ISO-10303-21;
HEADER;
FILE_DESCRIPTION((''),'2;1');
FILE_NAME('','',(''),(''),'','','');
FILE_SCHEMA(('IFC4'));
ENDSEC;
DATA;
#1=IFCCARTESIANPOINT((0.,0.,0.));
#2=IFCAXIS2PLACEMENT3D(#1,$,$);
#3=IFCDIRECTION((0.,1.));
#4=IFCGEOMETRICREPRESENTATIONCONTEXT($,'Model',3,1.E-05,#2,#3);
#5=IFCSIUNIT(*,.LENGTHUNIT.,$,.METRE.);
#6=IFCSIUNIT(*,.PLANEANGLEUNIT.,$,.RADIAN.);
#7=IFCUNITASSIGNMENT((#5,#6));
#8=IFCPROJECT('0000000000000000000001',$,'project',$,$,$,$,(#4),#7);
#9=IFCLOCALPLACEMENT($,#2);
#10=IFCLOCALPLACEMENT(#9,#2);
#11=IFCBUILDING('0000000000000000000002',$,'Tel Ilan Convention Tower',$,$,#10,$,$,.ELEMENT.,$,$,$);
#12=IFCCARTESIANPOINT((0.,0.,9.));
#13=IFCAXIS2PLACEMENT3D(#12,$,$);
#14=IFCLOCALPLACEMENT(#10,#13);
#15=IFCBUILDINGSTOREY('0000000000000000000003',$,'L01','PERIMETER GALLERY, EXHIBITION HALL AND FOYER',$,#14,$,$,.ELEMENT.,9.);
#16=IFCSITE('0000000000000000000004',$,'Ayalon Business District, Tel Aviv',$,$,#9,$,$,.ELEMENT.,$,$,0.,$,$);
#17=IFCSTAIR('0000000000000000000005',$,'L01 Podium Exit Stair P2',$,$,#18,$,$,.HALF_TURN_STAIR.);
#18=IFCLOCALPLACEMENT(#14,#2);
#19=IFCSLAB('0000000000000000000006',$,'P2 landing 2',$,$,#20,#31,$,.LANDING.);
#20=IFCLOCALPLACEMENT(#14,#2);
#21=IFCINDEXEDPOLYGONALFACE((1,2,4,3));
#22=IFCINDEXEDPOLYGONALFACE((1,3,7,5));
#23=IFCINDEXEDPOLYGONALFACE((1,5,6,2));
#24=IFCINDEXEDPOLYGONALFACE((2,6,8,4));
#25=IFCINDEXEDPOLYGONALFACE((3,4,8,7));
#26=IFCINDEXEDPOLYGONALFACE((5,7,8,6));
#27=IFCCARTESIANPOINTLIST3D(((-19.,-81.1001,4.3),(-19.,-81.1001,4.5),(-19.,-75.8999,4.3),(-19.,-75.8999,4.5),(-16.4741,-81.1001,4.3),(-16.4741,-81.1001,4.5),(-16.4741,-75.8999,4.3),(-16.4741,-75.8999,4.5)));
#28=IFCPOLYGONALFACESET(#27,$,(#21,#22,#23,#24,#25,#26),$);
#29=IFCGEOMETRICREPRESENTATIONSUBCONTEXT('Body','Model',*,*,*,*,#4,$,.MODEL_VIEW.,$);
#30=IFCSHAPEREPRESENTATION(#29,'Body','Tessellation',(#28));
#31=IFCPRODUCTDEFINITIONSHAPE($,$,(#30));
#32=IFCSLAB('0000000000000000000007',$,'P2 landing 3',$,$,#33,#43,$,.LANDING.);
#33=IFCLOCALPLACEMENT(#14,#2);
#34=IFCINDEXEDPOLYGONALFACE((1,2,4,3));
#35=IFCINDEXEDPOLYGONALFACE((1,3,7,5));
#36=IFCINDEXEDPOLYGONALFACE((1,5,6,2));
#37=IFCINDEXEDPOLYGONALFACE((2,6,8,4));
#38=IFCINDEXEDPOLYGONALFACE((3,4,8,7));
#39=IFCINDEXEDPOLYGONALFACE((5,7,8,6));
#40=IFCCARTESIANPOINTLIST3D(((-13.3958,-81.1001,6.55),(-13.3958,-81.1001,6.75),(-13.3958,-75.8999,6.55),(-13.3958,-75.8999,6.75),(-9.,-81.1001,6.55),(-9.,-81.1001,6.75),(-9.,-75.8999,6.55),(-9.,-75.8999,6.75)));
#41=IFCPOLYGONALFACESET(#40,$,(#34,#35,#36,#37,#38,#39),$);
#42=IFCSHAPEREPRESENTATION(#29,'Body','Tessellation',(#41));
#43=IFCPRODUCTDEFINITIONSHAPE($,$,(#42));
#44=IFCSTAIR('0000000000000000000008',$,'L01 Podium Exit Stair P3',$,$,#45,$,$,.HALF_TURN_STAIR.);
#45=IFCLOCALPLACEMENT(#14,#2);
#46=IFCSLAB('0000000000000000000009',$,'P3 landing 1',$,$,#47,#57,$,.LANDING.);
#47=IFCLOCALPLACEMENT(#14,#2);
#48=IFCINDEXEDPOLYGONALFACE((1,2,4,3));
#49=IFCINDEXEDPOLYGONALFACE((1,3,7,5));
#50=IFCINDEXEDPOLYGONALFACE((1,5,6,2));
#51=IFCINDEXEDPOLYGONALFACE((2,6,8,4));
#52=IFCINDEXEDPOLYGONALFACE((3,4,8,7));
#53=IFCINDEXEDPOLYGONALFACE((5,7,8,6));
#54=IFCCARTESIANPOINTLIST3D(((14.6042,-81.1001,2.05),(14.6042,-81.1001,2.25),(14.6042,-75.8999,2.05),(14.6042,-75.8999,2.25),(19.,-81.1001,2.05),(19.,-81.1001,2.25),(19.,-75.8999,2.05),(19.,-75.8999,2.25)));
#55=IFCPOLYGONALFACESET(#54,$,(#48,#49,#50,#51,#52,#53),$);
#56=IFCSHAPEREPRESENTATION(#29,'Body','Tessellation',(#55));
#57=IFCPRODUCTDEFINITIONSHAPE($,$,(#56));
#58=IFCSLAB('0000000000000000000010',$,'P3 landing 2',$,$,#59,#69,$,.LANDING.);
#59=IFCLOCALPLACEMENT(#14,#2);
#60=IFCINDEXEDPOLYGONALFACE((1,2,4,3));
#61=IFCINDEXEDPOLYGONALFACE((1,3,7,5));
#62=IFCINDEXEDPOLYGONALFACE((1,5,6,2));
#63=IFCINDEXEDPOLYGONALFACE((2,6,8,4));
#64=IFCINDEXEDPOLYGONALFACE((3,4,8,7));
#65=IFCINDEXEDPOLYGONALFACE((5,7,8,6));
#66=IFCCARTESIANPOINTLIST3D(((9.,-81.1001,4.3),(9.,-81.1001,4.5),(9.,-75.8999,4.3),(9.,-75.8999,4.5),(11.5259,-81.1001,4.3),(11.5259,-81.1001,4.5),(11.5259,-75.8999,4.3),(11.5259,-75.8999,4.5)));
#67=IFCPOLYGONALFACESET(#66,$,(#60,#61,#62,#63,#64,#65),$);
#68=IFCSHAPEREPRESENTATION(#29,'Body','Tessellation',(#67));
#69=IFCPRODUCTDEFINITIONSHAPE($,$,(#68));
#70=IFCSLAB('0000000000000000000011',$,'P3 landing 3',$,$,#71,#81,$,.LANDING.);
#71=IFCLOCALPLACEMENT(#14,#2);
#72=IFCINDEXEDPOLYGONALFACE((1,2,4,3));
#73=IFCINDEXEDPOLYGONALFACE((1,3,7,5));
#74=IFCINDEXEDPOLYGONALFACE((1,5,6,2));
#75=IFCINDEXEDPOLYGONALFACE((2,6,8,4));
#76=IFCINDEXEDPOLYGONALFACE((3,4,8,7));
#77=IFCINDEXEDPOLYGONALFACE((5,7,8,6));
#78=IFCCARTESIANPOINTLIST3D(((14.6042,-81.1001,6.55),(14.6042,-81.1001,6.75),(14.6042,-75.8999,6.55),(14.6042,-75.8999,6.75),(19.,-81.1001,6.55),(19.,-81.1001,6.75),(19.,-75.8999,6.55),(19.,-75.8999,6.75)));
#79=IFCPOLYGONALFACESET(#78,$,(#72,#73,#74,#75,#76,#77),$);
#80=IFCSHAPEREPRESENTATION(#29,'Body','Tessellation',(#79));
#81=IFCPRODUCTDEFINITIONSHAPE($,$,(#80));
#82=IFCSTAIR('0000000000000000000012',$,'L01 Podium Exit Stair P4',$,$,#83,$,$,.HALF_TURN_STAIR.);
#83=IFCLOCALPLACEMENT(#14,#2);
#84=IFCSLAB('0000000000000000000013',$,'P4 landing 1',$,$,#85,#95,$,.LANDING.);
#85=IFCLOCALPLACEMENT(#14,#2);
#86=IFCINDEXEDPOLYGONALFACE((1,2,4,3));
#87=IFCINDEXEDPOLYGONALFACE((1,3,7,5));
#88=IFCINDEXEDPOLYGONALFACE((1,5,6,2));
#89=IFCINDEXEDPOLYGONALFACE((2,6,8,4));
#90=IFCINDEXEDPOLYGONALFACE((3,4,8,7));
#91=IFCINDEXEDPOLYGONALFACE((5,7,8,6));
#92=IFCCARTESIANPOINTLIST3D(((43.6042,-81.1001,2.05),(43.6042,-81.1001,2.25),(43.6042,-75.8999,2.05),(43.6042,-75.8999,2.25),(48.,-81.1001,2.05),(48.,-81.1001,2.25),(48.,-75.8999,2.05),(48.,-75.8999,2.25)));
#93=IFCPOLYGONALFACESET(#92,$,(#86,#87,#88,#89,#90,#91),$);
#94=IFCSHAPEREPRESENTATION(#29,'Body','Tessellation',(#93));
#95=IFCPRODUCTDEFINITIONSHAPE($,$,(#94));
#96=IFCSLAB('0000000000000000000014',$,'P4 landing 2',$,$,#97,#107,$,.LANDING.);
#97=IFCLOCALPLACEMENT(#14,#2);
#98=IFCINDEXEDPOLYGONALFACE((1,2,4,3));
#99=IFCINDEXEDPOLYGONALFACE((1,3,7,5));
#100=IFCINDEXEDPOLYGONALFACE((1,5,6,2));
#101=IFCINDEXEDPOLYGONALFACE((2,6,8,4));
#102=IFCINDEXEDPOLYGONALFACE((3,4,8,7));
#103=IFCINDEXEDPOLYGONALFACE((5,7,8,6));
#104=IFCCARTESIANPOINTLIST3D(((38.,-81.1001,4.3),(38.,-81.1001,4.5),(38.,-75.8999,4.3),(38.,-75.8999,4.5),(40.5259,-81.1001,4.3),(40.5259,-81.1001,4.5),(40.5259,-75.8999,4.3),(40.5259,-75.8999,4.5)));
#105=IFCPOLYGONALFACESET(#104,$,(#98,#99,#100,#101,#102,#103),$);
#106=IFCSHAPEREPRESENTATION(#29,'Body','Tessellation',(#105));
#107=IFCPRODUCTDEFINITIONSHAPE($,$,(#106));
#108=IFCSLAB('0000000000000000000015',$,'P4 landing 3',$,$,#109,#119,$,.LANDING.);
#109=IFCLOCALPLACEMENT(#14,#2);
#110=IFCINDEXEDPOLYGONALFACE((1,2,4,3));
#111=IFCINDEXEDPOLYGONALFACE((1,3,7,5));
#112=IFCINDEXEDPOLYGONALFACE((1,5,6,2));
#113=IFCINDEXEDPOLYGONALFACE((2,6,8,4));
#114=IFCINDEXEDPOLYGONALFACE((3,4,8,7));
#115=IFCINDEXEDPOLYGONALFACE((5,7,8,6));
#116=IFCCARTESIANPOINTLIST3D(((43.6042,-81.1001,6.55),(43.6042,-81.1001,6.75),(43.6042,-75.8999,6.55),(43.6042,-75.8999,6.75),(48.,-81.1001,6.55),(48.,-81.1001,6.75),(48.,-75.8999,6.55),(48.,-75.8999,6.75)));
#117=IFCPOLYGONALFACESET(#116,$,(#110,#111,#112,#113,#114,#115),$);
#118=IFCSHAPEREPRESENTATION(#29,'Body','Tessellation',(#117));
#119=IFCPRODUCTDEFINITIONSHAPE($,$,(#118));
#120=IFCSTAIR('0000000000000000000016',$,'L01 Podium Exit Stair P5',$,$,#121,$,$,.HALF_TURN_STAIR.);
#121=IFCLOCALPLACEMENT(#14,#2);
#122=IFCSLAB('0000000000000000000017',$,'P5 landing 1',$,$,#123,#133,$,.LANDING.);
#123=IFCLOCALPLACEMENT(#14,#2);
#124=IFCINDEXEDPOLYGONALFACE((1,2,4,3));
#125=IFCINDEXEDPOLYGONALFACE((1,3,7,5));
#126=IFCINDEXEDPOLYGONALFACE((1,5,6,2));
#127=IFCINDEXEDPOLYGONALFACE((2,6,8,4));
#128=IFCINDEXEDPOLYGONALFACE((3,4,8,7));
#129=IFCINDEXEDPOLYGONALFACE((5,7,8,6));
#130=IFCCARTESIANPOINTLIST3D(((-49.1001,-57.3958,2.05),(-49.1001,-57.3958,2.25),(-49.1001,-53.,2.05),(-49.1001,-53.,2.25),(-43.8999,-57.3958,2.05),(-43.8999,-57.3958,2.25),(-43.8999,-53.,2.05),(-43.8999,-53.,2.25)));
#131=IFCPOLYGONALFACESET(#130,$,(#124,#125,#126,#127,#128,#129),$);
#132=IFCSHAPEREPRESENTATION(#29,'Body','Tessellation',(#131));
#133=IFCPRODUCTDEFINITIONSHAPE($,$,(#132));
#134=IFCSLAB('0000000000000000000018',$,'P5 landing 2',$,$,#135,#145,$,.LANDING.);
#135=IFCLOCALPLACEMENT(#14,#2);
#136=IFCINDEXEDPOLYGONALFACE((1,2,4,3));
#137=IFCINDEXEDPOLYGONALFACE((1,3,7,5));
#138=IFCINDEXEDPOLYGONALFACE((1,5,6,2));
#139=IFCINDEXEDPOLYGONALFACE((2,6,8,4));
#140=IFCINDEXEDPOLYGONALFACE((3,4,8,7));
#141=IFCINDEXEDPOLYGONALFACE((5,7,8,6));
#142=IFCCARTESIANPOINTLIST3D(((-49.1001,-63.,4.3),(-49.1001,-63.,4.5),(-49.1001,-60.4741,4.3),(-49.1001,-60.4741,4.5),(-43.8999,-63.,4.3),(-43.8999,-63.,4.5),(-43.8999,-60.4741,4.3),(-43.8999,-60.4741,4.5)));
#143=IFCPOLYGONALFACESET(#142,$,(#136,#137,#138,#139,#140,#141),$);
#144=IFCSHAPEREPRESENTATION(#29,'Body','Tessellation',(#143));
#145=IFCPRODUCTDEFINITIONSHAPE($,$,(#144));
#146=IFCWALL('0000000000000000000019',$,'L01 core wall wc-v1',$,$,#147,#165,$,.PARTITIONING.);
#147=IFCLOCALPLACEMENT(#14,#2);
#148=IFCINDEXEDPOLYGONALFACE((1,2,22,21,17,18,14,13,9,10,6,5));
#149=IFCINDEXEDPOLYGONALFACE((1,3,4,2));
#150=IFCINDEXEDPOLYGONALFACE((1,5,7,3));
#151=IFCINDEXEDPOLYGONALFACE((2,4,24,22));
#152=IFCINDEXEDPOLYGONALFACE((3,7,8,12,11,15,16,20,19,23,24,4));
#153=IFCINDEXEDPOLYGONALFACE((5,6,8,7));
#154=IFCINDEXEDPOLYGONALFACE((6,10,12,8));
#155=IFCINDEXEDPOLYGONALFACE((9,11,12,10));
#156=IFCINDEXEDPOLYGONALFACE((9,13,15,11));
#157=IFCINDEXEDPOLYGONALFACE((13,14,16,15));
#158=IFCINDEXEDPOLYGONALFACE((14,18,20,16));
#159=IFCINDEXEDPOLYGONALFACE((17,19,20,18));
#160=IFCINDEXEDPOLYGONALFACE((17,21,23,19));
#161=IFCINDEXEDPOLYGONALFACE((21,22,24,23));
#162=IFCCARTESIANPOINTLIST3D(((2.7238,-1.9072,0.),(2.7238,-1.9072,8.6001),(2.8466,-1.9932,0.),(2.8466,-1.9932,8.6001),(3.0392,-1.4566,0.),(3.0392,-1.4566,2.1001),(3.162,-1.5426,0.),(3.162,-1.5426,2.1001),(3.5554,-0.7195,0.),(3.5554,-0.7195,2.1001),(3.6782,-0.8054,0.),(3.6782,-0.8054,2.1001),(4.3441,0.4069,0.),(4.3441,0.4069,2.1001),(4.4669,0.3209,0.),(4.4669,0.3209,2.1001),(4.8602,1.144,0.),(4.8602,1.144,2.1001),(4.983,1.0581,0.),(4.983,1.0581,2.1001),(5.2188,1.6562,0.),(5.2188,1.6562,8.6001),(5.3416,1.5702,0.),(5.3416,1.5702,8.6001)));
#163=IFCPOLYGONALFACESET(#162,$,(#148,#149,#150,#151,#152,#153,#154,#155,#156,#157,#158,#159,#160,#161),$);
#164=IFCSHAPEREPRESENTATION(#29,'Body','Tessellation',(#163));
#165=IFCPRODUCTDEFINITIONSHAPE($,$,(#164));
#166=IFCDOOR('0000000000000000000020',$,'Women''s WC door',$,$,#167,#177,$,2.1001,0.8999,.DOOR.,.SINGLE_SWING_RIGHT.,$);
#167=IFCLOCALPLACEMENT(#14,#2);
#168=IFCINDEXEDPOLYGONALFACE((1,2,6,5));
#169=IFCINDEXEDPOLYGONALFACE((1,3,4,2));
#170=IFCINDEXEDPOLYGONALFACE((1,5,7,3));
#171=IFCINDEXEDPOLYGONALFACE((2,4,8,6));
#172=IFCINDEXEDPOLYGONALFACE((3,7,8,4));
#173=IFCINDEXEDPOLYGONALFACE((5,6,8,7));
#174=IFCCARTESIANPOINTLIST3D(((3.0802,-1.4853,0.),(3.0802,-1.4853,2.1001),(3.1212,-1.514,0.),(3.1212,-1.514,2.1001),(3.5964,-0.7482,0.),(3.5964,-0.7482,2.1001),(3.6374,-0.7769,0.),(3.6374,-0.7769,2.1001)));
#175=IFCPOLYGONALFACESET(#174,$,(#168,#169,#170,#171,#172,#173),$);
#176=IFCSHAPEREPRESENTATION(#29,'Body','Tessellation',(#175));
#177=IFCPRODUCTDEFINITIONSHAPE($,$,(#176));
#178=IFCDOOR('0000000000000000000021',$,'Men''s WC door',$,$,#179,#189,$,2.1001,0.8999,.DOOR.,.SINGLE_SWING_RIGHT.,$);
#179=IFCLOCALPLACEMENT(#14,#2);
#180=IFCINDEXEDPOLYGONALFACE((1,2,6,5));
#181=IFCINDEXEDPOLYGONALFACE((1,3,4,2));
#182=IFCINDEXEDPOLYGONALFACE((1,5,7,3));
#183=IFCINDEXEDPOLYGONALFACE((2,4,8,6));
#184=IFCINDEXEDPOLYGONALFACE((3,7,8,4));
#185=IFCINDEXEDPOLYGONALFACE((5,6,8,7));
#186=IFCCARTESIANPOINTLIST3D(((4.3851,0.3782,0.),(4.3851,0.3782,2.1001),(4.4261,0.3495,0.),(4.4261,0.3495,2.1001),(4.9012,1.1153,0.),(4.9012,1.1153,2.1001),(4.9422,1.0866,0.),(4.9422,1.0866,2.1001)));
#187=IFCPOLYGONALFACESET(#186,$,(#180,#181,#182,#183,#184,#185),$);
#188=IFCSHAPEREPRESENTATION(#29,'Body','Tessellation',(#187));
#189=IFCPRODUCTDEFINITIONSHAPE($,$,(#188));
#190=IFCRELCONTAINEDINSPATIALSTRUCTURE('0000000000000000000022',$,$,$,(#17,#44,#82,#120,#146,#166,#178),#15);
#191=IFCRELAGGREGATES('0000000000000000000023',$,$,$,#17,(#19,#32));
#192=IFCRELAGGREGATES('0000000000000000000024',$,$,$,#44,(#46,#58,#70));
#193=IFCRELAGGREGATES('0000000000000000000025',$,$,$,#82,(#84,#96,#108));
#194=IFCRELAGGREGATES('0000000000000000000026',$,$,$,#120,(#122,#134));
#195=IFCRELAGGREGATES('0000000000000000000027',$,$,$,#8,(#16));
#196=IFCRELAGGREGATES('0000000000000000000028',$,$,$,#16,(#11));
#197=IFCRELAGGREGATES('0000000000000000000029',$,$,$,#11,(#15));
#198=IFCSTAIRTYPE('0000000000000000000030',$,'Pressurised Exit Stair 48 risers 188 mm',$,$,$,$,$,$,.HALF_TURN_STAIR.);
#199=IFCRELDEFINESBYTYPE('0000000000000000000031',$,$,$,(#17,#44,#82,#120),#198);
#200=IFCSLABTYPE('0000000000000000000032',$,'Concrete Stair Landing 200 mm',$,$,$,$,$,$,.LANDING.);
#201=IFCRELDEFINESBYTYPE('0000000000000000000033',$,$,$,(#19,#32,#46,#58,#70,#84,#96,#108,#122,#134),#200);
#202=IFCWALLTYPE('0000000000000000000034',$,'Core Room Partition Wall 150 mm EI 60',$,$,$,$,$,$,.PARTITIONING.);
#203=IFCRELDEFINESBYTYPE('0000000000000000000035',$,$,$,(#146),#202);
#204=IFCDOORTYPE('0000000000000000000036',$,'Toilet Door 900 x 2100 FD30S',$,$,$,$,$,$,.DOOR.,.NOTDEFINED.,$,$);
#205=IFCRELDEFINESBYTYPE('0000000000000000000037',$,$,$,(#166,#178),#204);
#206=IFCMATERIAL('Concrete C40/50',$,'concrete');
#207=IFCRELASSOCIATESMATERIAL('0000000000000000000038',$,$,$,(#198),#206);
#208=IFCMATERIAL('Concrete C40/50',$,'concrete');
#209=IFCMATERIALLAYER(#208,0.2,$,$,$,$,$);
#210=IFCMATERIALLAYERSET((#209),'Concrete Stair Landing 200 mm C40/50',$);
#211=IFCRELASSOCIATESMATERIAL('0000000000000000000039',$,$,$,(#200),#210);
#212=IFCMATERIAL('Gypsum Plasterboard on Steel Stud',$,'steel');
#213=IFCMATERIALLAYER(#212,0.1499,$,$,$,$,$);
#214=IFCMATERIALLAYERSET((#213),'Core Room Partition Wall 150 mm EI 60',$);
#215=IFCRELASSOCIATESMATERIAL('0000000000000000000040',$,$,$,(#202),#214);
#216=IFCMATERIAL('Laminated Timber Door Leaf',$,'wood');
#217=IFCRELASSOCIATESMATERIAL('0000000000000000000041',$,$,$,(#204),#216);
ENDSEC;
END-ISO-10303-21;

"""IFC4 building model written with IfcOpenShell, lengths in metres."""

from ifc_helpers import new_model, si_unit, direction, frame, frame_2d, origin, place, context, subcontext, project, spatial, polyline, rectangle, outline, extrude, material, layer, layer_set, type_object, element, fill, aggregate, save


model = new_model("IFC4")

# Units and contexts
model_context = context("Model", 3, precision=1e-05, world=origin(), true_north=direction((0.0, 1.0)))
body_context = subcontext(model_context, "Body", "Model", "MODEL_VIEW")
ifc_project = project(units=[si_unit("LENGTHUNIT", "METRE"), si_unit("PLANEANGLEUNIT", "RADIAN")], contexts=[model_context])

# Site, building, storey
site_placement = place(None, origin())
site = spatial("IfcSite", under=ifc_project, at=site_placement, Name="Ayalon Business District, Tel Aviv", CompositionType="ELEMENT", RefElevation=0.0)
building_placement = place(site_placement, origin())
building = spatial("IfcBuilding", under=site, at=building_placement, Name="Tel Ilan Convention Tower", CompositionType="ELEMENT")
storey_placement = place(building_placement, frame((0.0, 0.0, 9.0)))
storey = spatial("IfcBuildingStorey", under=building, at=storey_placement, Name="L01", Description="PERIMETER GALLERY, EXHIBITION HALL AND FOYER", CompositionType="ELEMENT", Elevation=9.0)

# Stairs, slabs
ifc_material_1 = material(Name="Concrete C40/50", Category="concrete")
stair_type = type_object("IfcStairType", Name="Pressurised Exit Stair 48 risers 188 mm", PredefinedType="HALF_TURN_STAIR", material=ifc_material_1)
stair_1_placement = place(storey_placement, origin())
stair_1 = element("IfcStair", 1, at=stair_1_placement, inside=storey, type_object=stair_type, Name="L01 Podium Exit Stair P2", PredefinedType="HALF_TURN_STAIR")
ifc_material_2 = material(Name="Concrete C40/50", Category="concrete")
ifc_layer_1 = layer(ifc_material_2, 0.2)
ifc_layer_set_1 = layer_set([ifc_layer_1], Name="Concrete Stair Landing 200 mm C40/50")
slab_type = type_object("IfcSlabType", Name="Concrete Stair Landing 200 mm", PredefinedType="LANDING", material=ifc_layer_set_1)
slab_1_placement = place(storey_placement, frame((0.0, 0.0, 4.3)))
slab_1 = element("IfcSlab", 2, at=slab_1_placement, type_object=slab_type, Name="P2 landing 2", PredefinedType="LANDING", context=body_context, shape_type="SweptSolid", body=[
    extrude(outline(polyline([(-19.0, -81.1001), (-16.4741, -81.1001), (-16.4741, -75.8999), (-19.0, -75.8999), (-19.0, -81.1001)])), origin(), (0.0, 0.0, 1.0), 0.2),
])
slab_2_placement = place(storey_placement, frame((0.0, 0.0, 6.55)))
slab_2 = element("IfcSlab", 3, at=slab_2_placement, type_object=slab_type, Name="P2 landing 3", PredefinedType="LANDING", context=body_context, shape_type="SweptSolid", body=[
    extrude(outline(polyline([(-13.3958, -81.1001), (-9.0, -81.1001), (-9.0, -75.8999), (-13.3958, -75.8999), (-13.3958, -81.1001)])), origin(), (0.0, 0.0, 1.0), 0.2),
])
aggregate(stair_1, [slab_1, slab_2])
stair_2_placement = place(storey_placement, origin())
stair_2 = element("IfcStair", 4, at=stair_2_placement, inside=storey, type_object=stair_type, Name="L01 Podium Exit Stair P3", PredefinedType="HALF_TURN_STAIR")
slab_3_placement = place(storey_placement, frame((0.0, 0.0, 2.05)))
slab_3 = element("IfcSlab", 5, at=slab_3_placement, type_object=slab_type, Name="P3 landing 1", PredefinedType="LANDING", context=body_context, shape_type="SweptSolid", body=[
    extrude(outline(polyline([(14.6042, -81.1001), (19.0, -81.1001), (19.0, -75.8999), (14.6042, -75.8999), (14.6042, -81.1001)])), origin(), (0.0, 0.0, 1.0), 0.2),
])
slab_4_placement = place(storey_placement, frame((0.0, 0.0, 4.3)))
slab_4 = element("IfcSlab", 6, at=slab_4_placement, type_object=slab_type, Name="P3 landing 2", PredefinedType="LANDING", context=body_context, shape_type="SweptSolid", body=[
    extrude(outline(polyline([(9.0, -81.1001), (11.5259, -81.1001), (11.5259, -75.8999), (9.0, -75.8999), (9.0, -81.1001)])), origin(), (0.0, 0.0, 1.0), 0.2),
])
slab_5_placement = place(storey_placement, frame((0.0, 0.0, 6.55)))
slab_5 = element("IfcSlab", 7, at=slab_5_placement, type_object=slab_type, Name="P3 landing 3", PredefinedType="LANDING", context=body_context, shape_type="SweptSolid", body=[
    extrude(outline(polyline([(14.6042, -81.1001), (19.0, -81.1001), (19.0, -75.8999), (14.6042, -75.8999), (14.6042, -81.1001)])), origin(), (0.0, 0.0, 1.0), 0.2),
])
aggregate(stair_2, [slab_3, slab_4, slab_5])
stair_3_placement = place(storey_placement, origin())
stair_3 = element("IfcStair", 8, at=stair_3_placement, inside=storey, type_object=stair_type, Name="L01 Podium Exit Stair P4", PredefinedType="HALF_TURN_STAIR")
slab_6_placement = place(storey_placement, frame((0.0, 0.0, 2.05)))
slab_6 = element("IfcSlab", 9, at=slab_6_placement, type_object=slab_type, Name="P4 landing 1", PredefinedType="LANDING", context=body_context, shape_type="SweptSolid", body=[
    extrude(outline(polyline([(43.6042, -81.1001), (48.0, -81.1001), (48.0, -75.8999), (43.6042, -75.8999), (43.6042, -81.1001)])), origin(), (0.0, 0.0, 1.0), 0.2),
])
slab_7_placement = place(storey_placement, frame((0.0, 0.0, 4.3)))
slab_7 = element("IfcSlab", 10, at=slab_7_placement, type_object=slab_type, Name="P4 landing 2", PredefinedType="LANDING", context=body_context, shape_type="SweptSolid", body=[
    extrude(outline(polyline([(38.0, -81.1001), (40.5259, -81.1001), (40.5259, -75.8999), (38.0, -75.8999), (38.0, -81.1001)])), origin(), (0.0, 0.0, 1.0), 0.2),
])
slab_8_placement = place(storey_placement, frame((0.0, 0.0, 6.55)))
slab_8 = element("IfcSlab", 11, at=slab_8_placement, type_object=slab_type, Name="P4 landing 3", PredefinedType="LANDING", context=body_context, shape_type="SweptSolid", body=[
    extrude(outline(polyline([(43.6042, -81.1001), (48.0, -81.1001), (48.0, -75.8999), (43.6042, -75.8999), (43.6042, -81.1001)])), origin(), (0.0, 0.0, 1.0), 0.2),
])
aggregate(stair_3, [slab_6, slab_7, slab_8])
stair_4_placement = place(storey_placement, origin())
stair_4 = element("IfcStair", 12, at=stair_4_placement, inside=storey, type_object=stair_type, Name="L01 Podium Exit Stair P5", PredefinedType="HALF_TURN_STAIR")
slab_9_placement = place(storey_placement, frame((0.0, 0.0, 2.05)))
slab_9 = element("IfcSlab", 13, at=slab_9_placement, type_object=slab_type, Name="P5 landing 1", PredefinedType="LANDING", context=body_context, shape_type="SweptSolid", body=[
    extrude(outline(polyline([(-43.8999, -57.3958), (-43.8999, -53.0), (-49.1001, -53.0), (-49.1001, -57.3958), (-43.8999, -57.3958)])), origin(), (0.0, 0.0, 1.0), 0.2),
])
slab_10_placement = place(storey_placement, frame((0.0, 0.0, 4.3)))
slab_10 = element("IfcSlab", 14, at=slab_10_placement, type_object=slab_type, Name="P5 landing 2", PredefinedType="LANDING", context=body_context, shape_type="SweptSolid", body=[
    extrude(outline(polyline([(-43.8999, -63.0), (-43.8999, -60.4741), (-49.1001, -60.4741), (-49.1001, -63.0), (-43.8999, -63.0)])), origin(), (0.0, 0.0, 1.0), 0.2),
])
aggregate(stair_4, [slab_9, slab_10])

# Wall, openings, doors
ifc_material_3 = material(Name="Gypsum Plasterboard on Steel Stud", Category="steel")
ifc_layer_2 = layer(ifc_material_3, 0.1499)
ifc_layer_set_2 = layer_set([ifc_layer_2], Name="Core Room Partition Wall 150 mm EI 60")
wall_type_1 = type_object("IfcWallType", Name="Core Room Partition Wall 150 mm EI 60", PredefinedType="PARTITIONING", material=ifc_layer_set_2)
wall_1_placement = place(storey_placement, frame((2.7852, -1.9502, 0.0), z_axis=(0.0, 0.0, 1.0), x_axis=(0.573568, 0.819158, 0.0)))
wall_1 = element("IfcWall", 15, at=wall_1_placement, inside=storey, type_object=wall_type_1, Name="L01 core wall wc-v1", PredefinedType="PARTITIONING", context=body_context, shape_type="SweptSolid", body=[
    extrude(rectangle(XDim=4.3501, YDim=0.1499, at=frame_2d((2.175, 0.0))), origin(), (0.0, 0.0, 1.0), 8.6001),
])
opening_1_placement = place(wall_1_placement, frame((0.55, 0.0, 0.0)))
opening_1 = element("IfcOpeningElement", 16, at=opening_1_placement, cuts=wall_1, PredefinedType="OPENING", context=body_context, shape_type="SweptSolid", body=[
    extrude(rectangle(XDim=0.8999, YDim=2.1001, at=frame_2d((0.45, 1.05))), frame((0.0, 0.085, 0.0), z_axis=(0.0, -1.0, 0.0), x_axis=(1.0, 0.0, 0.0)), (0.0, 0.0, 1.0), 0.1699),
])
opening_2_placement = place(wall_1_placement, frame((2.825, 0.0, 0.0)))
opening_2 = element("IfcOpeningElement", 17, at=opening_2_placement, cuts=wall_1, PredefinedType="OPENING", context=body_context, shape_type="SweptSolid", body=[
    extrude(rectangle(XDim=0.8999, YDim=2.1001, at=frame_2d((0.45, 1.05))), frame((0.0, 0.085, 0.0), z_axis=(0.0, -1.0, 0.0), x_axis=(1.0, 0.0, 0.0)), (0.0, 0.0, 1.0), 0.1699),
])
ifc_material_4 = material(Name="Laminated Timber Door Leaf", Category="wood")
door_type_1 = type_object("IfcDoorType", Name="Toilet Door 900 x 2100 FD30S", OperationType="NOTDEFINED", PredefinedType="DOOR", material=ifc_material_4)
door_1_placement = place(opening_1_placement, origin())
door_1 = element("IfcDoor", 18, at=door_1_placement, inside=storey, type_object=door_type_1, Name="Women's WC door", OperationType="SINGLE_SWING_RIGHT", OverallHeight=2.1001, OverallWidth=0.8999, PredefinedType="DOOR", context=body_context, shape_type="SweptSolid", body=[
    extrude(rectangle(XDim=0.8999, YDim=2.1001, at=frame_2d((0.45, 1.05))), frame((0.0, 0.0249, 0.0), z_axis=(0.0, -1.0, 0.0), x_axis=(1.0, 0.0, 0.0)), (0.0, 0.0, 1.0), 0.05),
])
fill(opening_1, door_1)
door_2_placement = place(opening_2_placement, origin())
door_2 = element("IfcDoor", 19, at=door_2_placement, inside=storey, type_object=door_type_1, Name="Men's WC door", OperationType="SINGLE_SWING_RIGHT", OverallHeight=2.1001, OverallWidth=0.8999, PredefinedType="DOOR", context=body_context, shape_type="SweptSolid", body=[
    extrude(rectangle(XDim=0.8999, YDim=2.1001, at=frame_2d((0.45, 1.05))), frame((0.0, 0.0249, 0.0), z_axis=(0.0, -1.0, 0.0), x_axis=(1.0, 0.0, 0.0)), (0.0, 0.0, 1.0), 0.05),
])
fill(opening_2, door_2)

save(model, "model.ifc")
